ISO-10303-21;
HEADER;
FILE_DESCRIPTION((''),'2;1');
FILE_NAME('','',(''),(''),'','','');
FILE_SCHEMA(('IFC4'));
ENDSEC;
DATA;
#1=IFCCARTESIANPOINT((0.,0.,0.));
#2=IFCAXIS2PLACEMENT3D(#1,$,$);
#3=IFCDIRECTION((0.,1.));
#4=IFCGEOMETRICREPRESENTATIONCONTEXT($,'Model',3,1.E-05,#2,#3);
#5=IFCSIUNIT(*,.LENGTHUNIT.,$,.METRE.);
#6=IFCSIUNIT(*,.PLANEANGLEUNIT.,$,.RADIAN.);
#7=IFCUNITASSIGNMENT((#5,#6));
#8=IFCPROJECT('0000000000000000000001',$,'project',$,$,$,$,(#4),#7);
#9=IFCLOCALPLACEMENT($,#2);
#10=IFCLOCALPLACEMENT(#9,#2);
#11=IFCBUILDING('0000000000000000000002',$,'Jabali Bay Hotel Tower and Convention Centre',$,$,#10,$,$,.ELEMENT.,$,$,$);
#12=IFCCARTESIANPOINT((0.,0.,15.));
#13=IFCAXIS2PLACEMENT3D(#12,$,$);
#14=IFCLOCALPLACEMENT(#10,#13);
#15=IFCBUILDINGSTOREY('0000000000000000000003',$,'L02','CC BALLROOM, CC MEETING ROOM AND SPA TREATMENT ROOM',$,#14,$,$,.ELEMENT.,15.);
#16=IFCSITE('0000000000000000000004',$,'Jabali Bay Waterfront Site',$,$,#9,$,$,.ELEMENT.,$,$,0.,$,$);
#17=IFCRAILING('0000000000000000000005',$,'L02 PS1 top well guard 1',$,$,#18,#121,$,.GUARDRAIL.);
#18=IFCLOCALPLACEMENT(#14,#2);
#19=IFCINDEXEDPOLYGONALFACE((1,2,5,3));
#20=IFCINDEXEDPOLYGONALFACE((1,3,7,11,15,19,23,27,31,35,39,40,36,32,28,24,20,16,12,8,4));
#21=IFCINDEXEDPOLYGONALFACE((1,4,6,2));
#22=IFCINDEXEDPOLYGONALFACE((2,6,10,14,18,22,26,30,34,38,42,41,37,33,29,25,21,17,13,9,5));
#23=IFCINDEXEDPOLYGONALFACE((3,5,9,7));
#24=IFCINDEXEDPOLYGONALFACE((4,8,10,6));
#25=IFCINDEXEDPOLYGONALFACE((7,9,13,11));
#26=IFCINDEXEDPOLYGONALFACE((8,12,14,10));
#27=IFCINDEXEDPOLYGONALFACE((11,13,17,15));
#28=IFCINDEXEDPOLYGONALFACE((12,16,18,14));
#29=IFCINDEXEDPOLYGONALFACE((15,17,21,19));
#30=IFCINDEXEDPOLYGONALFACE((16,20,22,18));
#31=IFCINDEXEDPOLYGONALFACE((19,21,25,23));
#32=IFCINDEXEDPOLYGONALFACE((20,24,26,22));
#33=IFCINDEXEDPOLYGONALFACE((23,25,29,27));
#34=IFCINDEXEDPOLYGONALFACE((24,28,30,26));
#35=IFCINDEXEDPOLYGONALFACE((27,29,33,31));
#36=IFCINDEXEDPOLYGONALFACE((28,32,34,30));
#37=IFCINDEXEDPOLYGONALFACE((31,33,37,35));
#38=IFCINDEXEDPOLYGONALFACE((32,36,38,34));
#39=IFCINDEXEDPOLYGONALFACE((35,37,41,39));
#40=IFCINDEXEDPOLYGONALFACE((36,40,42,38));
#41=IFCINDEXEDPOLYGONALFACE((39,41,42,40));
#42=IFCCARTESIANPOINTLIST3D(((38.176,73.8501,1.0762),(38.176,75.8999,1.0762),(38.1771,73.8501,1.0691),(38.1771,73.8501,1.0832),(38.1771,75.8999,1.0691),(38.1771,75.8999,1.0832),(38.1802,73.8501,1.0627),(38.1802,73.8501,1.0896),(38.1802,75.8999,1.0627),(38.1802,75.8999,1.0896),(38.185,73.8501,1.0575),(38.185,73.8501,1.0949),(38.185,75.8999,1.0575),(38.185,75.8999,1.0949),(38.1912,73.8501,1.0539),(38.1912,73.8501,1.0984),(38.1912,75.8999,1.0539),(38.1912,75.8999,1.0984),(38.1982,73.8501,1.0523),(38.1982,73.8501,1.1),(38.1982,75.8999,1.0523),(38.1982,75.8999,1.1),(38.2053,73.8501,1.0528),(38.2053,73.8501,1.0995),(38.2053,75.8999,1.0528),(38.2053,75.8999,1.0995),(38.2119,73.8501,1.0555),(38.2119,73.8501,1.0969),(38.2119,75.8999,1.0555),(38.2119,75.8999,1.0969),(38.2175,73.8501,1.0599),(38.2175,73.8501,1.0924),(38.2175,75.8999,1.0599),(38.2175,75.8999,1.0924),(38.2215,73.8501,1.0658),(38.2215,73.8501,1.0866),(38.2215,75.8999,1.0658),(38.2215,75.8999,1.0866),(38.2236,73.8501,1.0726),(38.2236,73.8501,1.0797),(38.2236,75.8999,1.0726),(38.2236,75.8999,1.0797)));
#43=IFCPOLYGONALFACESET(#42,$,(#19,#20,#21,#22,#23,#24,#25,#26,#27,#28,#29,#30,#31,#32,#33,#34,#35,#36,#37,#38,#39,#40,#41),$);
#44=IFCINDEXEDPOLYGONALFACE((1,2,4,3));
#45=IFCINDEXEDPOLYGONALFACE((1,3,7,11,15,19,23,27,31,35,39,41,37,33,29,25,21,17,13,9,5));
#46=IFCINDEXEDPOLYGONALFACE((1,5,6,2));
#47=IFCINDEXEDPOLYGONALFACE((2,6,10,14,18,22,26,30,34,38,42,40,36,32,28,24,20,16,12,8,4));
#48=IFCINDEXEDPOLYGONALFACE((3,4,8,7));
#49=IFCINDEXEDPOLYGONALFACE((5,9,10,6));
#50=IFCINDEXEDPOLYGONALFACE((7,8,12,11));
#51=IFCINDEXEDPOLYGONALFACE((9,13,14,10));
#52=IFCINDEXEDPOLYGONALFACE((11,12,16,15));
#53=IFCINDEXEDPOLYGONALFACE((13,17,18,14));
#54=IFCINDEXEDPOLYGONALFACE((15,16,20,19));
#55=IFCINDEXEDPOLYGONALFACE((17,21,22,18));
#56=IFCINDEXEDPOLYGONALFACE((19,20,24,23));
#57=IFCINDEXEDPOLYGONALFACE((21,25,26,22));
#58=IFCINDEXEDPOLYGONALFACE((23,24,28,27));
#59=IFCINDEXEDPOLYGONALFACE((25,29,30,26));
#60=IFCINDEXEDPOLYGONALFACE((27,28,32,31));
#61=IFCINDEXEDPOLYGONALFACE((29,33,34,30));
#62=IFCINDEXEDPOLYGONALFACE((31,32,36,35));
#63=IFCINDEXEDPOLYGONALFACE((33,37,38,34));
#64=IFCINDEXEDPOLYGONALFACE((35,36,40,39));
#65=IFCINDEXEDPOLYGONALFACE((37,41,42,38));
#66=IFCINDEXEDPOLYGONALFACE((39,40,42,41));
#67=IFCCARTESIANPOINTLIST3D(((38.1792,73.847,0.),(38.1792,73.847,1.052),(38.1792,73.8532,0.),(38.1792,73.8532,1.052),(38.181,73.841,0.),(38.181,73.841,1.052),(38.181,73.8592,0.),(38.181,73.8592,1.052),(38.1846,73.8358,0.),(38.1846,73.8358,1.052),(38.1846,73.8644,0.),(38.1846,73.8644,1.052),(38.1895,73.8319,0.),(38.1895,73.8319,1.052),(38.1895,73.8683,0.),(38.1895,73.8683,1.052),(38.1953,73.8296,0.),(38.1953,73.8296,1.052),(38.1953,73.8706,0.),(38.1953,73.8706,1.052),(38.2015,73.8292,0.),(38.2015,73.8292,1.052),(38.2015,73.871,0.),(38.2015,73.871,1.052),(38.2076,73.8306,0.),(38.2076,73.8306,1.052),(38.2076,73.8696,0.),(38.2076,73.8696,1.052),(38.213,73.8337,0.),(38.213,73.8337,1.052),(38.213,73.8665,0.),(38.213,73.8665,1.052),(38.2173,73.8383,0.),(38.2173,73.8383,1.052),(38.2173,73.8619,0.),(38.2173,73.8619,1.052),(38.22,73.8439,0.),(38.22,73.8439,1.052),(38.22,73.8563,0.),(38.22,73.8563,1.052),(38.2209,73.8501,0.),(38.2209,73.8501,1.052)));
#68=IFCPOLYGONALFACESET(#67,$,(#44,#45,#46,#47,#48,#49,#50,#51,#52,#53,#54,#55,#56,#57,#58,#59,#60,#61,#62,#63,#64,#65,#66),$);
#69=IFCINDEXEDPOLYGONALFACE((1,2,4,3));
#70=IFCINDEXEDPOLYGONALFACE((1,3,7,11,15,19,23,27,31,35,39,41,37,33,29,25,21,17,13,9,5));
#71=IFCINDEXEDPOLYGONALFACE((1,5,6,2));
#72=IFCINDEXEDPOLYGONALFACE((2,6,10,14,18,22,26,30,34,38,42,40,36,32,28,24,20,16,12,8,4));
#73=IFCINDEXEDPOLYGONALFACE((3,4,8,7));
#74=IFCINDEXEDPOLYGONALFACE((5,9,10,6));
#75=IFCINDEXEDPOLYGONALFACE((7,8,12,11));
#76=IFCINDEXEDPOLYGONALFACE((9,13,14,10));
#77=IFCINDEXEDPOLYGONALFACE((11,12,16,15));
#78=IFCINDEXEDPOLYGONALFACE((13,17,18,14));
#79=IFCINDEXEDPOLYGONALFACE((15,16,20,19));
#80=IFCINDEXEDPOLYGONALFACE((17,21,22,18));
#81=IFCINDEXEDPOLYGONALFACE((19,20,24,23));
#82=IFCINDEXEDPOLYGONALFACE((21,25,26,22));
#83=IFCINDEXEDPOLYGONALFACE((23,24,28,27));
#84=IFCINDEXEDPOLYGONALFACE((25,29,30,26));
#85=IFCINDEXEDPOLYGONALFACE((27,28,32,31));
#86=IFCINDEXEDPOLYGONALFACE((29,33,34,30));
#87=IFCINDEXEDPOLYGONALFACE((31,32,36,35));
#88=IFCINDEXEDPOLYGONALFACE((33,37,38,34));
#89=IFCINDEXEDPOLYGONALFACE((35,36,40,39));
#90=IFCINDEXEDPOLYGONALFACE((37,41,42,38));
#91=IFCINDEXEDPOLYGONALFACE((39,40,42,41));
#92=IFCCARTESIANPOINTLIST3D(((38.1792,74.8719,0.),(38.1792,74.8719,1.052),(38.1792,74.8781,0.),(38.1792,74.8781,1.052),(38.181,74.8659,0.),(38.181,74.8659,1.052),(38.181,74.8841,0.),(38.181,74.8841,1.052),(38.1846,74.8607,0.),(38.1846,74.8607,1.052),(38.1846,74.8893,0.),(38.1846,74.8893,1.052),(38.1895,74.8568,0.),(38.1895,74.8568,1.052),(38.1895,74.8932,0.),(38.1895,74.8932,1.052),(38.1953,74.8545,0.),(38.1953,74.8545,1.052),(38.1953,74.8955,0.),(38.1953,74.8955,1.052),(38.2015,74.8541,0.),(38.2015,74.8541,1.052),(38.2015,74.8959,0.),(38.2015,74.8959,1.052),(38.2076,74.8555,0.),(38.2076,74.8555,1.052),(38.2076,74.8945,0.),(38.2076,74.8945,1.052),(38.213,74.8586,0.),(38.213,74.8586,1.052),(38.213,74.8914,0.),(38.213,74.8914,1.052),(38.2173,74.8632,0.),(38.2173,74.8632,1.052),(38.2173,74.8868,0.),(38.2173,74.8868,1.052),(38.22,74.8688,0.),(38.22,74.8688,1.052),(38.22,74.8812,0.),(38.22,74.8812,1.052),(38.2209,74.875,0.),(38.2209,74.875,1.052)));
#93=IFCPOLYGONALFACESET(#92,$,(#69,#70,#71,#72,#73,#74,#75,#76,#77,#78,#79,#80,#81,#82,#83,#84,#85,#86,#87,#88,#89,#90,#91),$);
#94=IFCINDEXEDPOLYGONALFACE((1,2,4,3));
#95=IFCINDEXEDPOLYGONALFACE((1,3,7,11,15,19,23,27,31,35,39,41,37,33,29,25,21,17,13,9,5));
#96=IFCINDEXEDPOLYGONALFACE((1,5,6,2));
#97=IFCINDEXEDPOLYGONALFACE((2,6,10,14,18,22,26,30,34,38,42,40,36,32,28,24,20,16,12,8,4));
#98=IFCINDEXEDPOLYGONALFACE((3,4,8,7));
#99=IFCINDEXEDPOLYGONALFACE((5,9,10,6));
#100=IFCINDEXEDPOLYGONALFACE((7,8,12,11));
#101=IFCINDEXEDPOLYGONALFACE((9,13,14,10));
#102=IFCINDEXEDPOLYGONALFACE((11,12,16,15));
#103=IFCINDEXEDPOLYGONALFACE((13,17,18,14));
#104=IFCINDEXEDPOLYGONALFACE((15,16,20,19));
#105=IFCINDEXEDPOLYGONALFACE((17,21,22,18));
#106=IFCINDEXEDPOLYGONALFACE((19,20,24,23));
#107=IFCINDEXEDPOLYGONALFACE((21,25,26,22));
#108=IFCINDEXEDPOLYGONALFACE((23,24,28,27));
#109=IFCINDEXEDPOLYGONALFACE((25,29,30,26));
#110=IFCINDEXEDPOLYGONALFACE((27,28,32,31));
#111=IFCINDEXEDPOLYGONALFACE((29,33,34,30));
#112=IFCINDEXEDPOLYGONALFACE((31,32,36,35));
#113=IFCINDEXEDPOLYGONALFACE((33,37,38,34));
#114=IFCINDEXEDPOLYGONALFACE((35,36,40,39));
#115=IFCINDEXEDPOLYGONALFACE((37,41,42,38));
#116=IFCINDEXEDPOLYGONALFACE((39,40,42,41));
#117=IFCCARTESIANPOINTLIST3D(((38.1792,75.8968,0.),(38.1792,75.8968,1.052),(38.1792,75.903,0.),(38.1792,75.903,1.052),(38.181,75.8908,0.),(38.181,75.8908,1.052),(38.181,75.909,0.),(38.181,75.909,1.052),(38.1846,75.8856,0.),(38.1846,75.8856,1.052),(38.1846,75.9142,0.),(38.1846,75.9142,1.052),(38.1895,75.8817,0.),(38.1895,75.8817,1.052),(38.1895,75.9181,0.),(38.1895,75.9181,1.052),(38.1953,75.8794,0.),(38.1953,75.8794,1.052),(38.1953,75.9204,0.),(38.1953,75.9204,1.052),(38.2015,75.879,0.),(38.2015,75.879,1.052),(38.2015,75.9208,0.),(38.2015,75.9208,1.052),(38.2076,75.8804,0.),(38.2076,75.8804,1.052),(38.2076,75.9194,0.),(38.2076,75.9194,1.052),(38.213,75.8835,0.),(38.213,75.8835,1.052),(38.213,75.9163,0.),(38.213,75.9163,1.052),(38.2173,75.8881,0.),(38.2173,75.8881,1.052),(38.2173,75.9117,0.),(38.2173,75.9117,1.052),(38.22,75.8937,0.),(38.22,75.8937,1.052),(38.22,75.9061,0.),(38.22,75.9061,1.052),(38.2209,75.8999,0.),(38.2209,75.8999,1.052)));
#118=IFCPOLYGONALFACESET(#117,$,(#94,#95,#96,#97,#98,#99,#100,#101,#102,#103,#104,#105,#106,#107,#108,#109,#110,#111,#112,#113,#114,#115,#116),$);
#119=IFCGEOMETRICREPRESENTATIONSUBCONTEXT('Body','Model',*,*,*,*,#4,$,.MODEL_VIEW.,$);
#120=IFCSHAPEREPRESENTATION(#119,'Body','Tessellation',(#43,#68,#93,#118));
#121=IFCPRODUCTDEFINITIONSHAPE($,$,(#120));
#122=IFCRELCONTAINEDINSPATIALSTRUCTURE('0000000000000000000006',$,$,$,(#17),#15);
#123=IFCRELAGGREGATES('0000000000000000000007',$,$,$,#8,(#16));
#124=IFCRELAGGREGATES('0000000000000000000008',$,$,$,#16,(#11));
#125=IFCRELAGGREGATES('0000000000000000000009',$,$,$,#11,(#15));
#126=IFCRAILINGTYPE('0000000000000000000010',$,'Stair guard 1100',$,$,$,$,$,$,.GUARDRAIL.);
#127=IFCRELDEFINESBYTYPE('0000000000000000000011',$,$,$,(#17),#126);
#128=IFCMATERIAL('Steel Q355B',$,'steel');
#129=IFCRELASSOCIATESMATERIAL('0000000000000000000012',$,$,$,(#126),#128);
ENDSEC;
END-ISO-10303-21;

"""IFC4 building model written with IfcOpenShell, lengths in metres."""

from ifc_helpers import new_model, si_unit, direction, frame, origin, origin_2d, place, context, subcontext, project, spatial, circle, extrude, material, type_object, element, save


model = new_model("IFC4")

# Units and contexts
model_context = context("Model", 3, precision=1e-05, world=origin(), true_north=direction((0.0, 1.0)))
body_context = subcontext(model_context, "Body", "Model", "MODEL_VIEW")
ifc_project = project(units=[si_unit("LENGTHUNIT", "METRE"), si_unit("PLANEANGLEUNIT", "RADIAN")], contexts=[model_context])

# Site, building, storey
site_placement = place(None, origin())
site = spatial("IfcSite", under=ifc_project, at=site_placement, Name="Jabali Bay Waterfront Site", CompositionType="ELEMENT", RefElevation=0.0)
building_placement = place(site_placement, origin())
building = spatial("IfcBuilding", under=site, at=building_placement, Name="Jabali Bay Hotel Tower and Convention Centre", CompositionType="ELEMENT")
storey_placement = place(building_placement, frame((0.0, 0.0, 15.0)))
storey = spatial("IfcBuildingStorey", under=building, at=storey_placement, Name="L02", Description="CC BALLROOM, CC MEETING ROOM AND SPA TREATMENT ROOM", CompositionType="ELEMENT", Elevation=15.0)

# Railing
ifc_material_1 = material(Name="Steel Q355B", Category="steel")
railing_type_1 = type_object("IfcRailingType", Name="Stair guard 1100", PredefinedType="GUARDRAIL", material=ifc_material_1)
railing_placement = place(storey_placement, frame((38.2, 73.8501, 0.0)))
element("IfcRailing", 1, at=railing_placement, inside=storey, type_object=railing_type_1, Name="L02 PS1 top well guard 1", PredefinedType="GUARDRAIL", context=body_context, shape_type="SweptSolid", body=[
    extrude(circle(Radius=0.0239, at=origin_2d()), frame((0.0, 0.0, 1.0762), z_axis=(0.0, 1.0, 0.0), x_axis=(-1.0, 0.0, 0.0)), (0.0, 0.0, 1.0), 2.0498),
    extrude(circle(Radius=0.021, at=origin_2d()), origin(), (0.0, 0.0, 1.0), 1.052),
    extrude(circle(Radius=0.021, at=origin_2d()), frame((0.0, 1.0249, 0.0)), (0.0, 0.0, 1.0), 1.052),
    extrude(circle(Radius=0.021, at=origin_2d()), frame((0.0, 2.0498, 0.0)), (0.0, 0.0, 1.0), 1.052),
])

save(model, "model.ifc")
